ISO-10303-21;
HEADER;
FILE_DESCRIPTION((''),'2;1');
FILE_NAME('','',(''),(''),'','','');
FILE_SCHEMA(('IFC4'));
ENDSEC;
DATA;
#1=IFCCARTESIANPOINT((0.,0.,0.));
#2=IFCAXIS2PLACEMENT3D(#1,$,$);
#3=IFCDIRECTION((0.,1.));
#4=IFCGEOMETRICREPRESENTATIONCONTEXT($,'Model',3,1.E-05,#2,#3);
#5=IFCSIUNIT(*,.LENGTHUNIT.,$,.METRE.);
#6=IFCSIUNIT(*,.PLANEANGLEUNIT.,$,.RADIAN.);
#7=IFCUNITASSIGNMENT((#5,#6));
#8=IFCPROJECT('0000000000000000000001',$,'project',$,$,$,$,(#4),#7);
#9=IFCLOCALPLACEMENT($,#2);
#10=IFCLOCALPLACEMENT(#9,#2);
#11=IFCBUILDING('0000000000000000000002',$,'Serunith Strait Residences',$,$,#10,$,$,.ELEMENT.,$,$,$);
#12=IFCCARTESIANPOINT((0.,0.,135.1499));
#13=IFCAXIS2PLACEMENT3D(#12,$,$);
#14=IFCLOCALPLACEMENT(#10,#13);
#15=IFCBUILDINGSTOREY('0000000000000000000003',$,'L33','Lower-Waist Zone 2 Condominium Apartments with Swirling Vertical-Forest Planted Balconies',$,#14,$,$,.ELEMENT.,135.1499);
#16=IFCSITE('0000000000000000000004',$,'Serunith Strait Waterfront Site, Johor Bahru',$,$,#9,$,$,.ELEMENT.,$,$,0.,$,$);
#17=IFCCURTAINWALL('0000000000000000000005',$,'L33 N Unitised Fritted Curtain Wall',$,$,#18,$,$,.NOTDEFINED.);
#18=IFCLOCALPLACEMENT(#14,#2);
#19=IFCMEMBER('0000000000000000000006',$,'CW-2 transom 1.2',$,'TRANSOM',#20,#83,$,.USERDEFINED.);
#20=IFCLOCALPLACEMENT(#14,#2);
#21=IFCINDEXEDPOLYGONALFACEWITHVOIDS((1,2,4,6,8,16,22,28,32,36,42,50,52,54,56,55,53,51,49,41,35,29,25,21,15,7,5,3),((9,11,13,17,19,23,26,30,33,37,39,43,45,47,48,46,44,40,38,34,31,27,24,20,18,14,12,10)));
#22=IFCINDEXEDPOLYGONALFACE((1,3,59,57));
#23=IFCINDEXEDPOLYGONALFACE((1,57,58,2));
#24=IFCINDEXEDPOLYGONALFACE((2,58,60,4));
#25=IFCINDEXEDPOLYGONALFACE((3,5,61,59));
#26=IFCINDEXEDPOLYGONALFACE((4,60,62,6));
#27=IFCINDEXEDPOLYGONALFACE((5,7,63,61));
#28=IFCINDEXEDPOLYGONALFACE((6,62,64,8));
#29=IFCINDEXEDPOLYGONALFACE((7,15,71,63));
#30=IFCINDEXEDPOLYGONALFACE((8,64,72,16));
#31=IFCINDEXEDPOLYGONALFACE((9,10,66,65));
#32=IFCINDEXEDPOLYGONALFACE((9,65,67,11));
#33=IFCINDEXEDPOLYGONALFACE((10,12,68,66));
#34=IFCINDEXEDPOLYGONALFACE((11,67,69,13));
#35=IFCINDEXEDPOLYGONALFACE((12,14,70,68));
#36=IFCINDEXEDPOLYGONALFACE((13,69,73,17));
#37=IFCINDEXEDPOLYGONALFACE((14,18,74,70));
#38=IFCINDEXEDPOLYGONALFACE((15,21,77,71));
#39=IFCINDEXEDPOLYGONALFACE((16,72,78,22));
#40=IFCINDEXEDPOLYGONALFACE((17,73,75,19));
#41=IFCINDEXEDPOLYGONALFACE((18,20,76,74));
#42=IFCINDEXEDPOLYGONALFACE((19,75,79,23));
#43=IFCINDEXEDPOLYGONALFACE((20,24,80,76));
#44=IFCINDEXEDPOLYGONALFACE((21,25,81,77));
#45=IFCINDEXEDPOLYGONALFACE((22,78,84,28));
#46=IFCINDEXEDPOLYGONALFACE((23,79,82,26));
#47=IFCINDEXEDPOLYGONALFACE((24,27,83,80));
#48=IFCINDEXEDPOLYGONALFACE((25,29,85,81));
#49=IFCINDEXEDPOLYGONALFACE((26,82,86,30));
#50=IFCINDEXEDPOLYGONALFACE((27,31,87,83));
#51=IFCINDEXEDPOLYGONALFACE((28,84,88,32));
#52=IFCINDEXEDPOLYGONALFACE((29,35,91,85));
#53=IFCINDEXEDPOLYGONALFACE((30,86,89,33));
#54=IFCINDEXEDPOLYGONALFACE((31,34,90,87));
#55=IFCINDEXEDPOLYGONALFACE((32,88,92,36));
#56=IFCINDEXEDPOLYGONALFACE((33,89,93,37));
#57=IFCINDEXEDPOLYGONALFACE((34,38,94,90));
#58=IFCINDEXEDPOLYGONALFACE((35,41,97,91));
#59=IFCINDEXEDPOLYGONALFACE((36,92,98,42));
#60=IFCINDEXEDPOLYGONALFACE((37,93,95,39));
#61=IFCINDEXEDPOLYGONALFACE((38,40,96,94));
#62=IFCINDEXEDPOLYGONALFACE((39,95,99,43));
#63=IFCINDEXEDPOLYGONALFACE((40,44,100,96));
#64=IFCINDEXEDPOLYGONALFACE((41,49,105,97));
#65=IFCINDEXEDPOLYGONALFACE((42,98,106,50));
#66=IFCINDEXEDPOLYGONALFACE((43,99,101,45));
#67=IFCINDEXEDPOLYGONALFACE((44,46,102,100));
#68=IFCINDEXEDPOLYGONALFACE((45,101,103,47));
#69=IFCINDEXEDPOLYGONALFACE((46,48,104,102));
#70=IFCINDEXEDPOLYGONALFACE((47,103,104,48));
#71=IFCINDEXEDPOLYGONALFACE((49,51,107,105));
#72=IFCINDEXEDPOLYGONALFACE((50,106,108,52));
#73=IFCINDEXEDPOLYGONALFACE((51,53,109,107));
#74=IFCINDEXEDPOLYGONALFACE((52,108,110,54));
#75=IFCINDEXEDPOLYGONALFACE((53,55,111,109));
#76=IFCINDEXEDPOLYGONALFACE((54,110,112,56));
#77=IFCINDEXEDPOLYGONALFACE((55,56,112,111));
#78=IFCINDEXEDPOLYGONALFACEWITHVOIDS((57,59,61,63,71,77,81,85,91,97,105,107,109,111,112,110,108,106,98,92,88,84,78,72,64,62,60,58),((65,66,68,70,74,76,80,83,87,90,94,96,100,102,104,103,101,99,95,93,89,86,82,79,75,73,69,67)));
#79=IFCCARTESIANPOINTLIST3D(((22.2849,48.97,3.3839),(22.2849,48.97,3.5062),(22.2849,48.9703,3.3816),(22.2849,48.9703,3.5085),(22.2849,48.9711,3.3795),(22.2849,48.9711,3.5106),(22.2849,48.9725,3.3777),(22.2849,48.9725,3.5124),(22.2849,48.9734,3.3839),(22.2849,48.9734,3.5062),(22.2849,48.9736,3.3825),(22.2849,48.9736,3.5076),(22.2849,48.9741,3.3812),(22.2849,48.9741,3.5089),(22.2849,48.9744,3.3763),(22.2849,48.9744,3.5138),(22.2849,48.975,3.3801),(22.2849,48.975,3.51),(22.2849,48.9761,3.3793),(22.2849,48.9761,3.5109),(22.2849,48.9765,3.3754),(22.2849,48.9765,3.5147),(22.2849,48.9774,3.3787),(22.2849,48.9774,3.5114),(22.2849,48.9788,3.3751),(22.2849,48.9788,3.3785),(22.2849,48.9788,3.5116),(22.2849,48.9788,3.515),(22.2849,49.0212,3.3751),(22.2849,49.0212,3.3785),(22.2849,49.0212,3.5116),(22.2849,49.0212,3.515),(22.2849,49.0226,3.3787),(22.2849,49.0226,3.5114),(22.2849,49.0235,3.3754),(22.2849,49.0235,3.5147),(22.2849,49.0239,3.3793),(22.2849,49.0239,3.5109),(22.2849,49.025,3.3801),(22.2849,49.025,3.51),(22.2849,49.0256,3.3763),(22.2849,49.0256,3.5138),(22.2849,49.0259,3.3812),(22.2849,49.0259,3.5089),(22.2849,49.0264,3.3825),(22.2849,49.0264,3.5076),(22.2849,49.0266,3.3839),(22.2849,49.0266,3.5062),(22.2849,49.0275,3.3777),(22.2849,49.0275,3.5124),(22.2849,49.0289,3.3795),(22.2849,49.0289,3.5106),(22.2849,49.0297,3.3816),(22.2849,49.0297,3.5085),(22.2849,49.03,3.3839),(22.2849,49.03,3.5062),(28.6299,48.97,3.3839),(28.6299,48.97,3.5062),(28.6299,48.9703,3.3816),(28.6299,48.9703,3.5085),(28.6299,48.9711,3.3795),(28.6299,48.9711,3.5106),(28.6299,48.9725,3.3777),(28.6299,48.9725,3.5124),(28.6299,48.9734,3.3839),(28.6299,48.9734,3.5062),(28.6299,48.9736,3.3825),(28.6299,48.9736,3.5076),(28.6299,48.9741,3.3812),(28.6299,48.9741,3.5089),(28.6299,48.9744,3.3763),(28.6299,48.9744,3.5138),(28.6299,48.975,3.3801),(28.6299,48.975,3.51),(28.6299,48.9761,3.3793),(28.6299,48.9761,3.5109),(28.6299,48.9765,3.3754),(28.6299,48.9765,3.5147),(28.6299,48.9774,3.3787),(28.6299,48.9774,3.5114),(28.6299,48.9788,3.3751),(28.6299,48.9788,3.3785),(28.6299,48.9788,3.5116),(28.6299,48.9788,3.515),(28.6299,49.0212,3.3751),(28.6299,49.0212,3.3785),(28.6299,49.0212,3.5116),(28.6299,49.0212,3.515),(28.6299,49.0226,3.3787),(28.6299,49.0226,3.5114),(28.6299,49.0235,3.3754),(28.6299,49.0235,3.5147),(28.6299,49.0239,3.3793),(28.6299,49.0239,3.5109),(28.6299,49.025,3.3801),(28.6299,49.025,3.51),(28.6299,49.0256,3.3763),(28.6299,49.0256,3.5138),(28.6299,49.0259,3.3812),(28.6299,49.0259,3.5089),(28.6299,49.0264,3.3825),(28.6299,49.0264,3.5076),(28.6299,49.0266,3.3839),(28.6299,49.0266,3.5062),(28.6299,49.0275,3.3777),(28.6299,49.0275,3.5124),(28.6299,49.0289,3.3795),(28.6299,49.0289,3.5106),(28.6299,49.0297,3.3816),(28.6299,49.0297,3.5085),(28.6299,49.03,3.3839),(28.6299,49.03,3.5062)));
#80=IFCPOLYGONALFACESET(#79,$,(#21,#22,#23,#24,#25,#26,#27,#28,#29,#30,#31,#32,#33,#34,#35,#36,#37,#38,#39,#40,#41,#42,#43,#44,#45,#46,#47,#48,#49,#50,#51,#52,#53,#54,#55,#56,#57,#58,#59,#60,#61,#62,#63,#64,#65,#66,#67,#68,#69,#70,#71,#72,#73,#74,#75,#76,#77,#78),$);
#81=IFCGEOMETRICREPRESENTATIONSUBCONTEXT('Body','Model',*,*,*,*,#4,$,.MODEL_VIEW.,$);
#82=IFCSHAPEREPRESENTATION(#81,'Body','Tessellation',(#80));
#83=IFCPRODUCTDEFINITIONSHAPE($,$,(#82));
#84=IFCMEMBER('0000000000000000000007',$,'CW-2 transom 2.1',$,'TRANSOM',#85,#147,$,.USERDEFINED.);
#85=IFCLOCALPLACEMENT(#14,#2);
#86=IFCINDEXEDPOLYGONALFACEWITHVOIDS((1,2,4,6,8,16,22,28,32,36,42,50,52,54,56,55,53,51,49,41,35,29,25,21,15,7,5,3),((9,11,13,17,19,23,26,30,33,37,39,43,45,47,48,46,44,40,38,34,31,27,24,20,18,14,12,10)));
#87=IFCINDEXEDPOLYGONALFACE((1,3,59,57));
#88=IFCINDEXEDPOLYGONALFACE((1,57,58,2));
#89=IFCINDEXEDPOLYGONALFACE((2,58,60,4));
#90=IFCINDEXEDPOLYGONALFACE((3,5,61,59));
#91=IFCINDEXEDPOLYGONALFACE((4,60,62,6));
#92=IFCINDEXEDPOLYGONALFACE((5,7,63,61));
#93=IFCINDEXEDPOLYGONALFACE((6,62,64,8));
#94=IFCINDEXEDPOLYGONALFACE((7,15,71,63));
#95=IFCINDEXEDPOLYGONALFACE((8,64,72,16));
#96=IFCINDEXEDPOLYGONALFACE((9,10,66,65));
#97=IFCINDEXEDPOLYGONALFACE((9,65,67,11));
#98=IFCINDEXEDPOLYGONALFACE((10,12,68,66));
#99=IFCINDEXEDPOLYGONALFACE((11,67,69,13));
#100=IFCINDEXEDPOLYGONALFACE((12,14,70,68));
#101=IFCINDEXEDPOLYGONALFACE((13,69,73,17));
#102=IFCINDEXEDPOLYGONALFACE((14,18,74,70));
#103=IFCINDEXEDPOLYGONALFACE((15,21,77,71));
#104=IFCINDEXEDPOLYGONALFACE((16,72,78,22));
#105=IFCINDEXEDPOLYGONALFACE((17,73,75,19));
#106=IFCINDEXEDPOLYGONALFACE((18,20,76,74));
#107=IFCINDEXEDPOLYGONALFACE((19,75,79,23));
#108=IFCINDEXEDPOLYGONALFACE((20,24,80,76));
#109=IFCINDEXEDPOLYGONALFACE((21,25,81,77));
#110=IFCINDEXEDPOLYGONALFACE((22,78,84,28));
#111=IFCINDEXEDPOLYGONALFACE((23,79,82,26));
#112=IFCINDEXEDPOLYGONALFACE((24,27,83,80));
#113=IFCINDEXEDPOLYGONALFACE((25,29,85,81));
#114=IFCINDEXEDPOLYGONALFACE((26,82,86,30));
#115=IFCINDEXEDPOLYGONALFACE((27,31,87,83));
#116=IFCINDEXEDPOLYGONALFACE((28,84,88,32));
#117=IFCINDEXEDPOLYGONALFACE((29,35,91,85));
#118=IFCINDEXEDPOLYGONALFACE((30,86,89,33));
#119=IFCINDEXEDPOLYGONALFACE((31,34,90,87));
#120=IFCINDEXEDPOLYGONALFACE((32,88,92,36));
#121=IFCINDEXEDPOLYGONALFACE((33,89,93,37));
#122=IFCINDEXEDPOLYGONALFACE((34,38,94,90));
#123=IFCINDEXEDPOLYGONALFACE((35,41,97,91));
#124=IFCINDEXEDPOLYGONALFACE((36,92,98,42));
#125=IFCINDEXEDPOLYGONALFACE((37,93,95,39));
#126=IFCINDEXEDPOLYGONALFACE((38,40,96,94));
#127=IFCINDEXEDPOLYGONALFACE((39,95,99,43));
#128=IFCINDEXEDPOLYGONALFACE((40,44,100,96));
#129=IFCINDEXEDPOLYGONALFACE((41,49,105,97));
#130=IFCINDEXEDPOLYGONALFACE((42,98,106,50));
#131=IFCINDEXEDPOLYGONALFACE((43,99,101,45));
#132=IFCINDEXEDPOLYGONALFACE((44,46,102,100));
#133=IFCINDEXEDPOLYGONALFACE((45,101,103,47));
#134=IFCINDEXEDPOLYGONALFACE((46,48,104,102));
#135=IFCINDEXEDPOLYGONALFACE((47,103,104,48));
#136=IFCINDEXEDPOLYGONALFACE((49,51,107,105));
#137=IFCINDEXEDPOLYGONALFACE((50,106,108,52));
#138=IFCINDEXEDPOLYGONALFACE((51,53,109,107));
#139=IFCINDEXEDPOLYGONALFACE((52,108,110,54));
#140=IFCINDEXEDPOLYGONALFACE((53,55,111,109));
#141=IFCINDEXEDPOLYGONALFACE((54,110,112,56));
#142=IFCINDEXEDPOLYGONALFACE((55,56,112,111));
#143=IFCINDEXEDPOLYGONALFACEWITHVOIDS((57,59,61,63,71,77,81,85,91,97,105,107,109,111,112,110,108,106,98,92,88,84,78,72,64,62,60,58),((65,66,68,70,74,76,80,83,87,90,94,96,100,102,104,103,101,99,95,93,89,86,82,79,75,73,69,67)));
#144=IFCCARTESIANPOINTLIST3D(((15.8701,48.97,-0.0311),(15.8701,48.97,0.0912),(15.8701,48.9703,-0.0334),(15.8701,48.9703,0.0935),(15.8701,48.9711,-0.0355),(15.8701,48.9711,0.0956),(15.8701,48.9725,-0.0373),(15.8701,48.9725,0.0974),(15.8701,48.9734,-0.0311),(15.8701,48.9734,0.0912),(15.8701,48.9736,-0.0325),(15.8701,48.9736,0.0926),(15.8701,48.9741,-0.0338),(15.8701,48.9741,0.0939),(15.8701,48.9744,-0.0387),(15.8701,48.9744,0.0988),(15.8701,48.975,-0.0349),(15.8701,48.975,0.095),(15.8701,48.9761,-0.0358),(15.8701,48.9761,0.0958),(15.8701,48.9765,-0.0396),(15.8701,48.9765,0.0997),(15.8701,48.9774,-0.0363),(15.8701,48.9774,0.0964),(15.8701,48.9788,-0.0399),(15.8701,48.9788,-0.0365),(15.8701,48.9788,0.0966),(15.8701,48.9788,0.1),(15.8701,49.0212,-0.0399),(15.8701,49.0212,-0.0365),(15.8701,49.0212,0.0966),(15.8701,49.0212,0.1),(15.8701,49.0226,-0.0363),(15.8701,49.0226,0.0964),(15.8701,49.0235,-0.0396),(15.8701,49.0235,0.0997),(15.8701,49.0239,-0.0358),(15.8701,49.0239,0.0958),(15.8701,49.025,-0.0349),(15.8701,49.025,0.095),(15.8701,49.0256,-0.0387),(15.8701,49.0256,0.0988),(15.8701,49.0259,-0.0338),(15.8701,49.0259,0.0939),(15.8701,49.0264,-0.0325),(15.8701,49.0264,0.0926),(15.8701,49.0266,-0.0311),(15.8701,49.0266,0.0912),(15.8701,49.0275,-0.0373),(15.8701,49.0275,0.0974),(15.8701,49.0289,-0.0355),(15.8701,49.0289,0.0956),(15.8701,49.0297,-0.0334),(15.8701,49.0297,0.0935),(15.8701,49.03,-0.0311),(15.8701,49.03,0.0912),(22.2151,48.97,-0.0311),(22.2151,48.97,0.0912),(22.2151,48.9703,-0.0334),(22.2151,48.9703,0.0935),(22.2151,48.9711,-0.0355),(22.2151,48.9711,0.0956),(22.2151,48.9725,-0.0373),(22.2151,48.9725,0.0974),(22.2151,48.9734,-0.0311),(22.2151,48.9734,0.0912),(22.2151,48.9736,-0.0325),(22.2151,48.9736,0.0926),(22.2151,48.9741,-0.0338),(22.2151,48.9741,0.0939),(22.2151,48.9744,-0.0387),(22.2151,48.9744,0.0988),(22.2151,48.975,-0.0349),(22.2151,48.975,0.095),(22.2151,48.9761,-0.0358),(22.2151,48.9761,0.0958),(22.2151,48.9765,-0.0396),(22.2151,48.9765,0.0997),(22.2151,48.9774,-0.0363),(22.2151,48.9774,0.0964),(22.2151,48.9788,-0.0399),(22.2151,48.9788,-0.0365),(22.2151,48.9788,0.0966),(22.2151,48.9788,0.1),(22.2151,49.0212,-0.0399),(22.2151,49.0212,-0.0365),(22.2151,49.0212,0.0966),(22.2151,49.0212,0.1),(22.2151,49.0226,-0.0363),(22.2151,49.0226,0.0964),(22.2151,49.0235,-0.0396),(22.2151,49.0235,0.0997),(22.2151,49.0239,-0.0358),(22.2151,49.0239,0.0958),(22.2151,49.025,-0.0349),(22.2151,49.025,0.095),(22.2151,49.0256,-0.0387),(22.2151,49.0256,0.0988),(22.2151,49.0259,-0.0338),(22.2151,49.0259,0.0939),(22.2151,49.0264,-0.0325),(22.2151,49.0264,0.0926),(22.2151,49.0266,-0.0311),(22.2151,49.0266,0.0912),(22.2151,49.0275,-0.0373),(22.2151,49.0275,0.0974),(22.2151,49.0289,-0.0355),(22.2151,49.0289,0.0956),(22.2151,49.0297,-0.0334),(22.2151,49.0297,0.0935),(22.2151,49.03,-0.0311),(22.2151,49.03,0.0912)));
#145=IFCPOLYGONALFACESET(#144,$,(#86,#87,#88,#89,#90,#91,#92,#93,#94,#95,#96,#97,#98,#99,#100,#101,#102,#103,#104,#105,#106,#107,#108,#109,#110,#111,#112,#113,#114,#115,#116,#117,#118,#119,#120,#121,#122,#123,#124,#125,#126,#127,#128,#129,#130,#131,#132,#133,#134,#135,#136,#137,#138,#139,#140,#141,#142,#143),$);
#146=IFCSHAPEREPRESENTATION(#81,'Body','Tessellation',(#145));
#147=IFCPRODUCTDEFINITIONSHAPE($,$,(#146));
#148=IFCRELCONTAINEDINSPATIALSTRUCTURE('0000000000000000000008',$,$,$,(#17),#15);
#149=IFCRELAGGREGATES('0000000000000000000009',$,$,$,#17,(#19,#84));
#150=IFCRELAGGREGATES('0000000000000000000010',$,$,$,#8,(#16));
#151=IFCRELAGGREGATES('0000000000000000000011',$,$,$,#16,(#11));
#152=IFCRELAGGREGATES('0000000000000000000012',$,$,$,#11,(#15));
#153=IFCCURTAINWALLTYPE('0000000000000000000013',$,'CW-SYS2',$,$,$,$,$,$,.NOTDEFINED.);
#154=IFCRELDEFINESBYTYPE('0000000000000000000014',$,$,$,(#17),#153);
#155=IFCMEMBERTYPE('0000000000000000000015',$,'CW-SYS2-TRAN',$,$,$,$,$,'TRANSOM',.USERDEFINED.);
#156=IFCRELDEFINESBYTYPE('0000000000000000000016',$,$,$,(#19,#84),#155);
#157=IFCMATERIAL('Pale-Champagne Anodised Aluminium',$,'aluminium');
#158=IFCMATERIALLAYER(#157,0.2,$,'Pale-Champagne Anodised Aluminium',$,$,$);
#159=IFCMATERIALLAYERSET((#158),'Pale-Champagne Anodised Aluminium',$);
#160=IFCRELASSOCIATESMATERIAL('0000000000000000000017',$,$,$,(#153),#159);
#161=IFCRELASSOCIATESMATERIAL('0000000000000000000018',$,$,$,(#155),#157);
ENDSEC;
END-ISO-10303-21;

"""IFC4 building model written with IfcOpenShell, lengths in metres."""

from ifc_helpers import new_model, si_unit, direction, frame, origin, origin_2d, place, context, subcontext, project, spatial, hollow_rectangle, extrude, source, transform, mapped, material, layer, layer_set, material_profile, profile_set, type_object, element, aggregate, save


model = new_model("IFC4")

# Units and contexts
model_context = context("Model", 3, precision=1e-05, world=origin(), true_north=direction((0.0, 1.0)))
body_context = subcontext(model_context, "Body", "Model", "MODEL_VIEW")
ifc_project = project(units=[si_unit("LENGTHUNIT", "METRE"), si_unit("PLANEANGLEUNIT", "RADIAN")], contexts=[model_context])

# Site, building, storey
site_placement = place(None, origin())
site = spatial("IfcSite", under=ifc_project, at=site_placement, Name="Serunith Strait Waterfront Site, Johor Bahru", CompositionType="ELEMENT", RefElevation=0.0)
building_placement = place(site_placement, origin())
building = spatial("IfcBuilding", under=site, at=building_placement, Name="Serunith Strait Residences", CompositionType="ELEMENT")
storey_placement = place(building_placement, frame((0.0, 0.0, 135.1499)))
storey = spatial("IfcBuildingStorey", under=building, at=storey_placement, Name="L33", Description="Lower-Waist Zone 2 Condominium Apartments with Swirling Vertical-Forest Planted Balconies", CompositionType="ELEMENT", Elevation=135.1499)

# Shared definitions
ifc_material_1 = material(Name="Pale-Champagne Anodised Aluminium", Category="aluminium")
ifc_layer_1 = layer(ifc_material_1, 0.2, Name="Pale-Champagne Anodised Aluminium")
ifc_layer_set_1 = layer_set([ifc_layer_1], Name="Pale-Champagne Anodised Aluminium")
curtain_wall_type = type_object("IfcCurtainWallType", Name="CW-SYS2", PredefinedType="NOTDEFINED", material=ifc_layer_set_1)

# Curtain wall, members
curtain_wall_1_placement = place(storey_placement, origin())
curtain_wall_1 = element("IfcCurtainWall", 1, at=curtain_wall_1_placement, inside=storey, type_object=curtain_wall_type, Name="L33 N Unitised Fritted Curtain Wall", PredefinedType="NOTDEFINED")
ifc_material_profile_1 = material_profile(ifc_material_1, hollow_rectangle(XDim=0.0601, YDim=0.1399, WallThickness=0.0034, InnerFilletRadius=0.0054, OuterFilletRadius=0.0088, at=origin_2d()), Name="ALU 140x60x3.5")
ifc_profile_set_1 = profile_set([ifc_material_profile_1], Name="Pale-Champagne Anodised Aluminium")
member_type_1 = type_object("IfcMemberType", Name="CW-SYS2-TRAN", ElementType="TRANSOM", PredefinedType="USERDEFINED", material=ifc_profile_set_1)
shared_shape_1 = source(origin(), body_context, "Body", "SweptSolid", [
    extrude(hollow_rectangle(XDim=0.0601, YDim=0.1399, WallThickness=0.0034, InnerFilletRadius=0.0054, OuterFilletRadius=0.0088, at=origin_2d()), origin(), (0.0, 0.0, 1.0), 6.345),
])
member_1_placement = place(storey_placement, frame((28.6299, 49.0, 3.4451), z_axis=(-1.0, 0.0, 0.0), x_axis=(0.0, -1.0, 0.0)))
member_1 = element("IfcMember", 2, at=member_1_placement, type_object=member_type_1, Name="CW-2 transom 1.2", ObjectType="TRANSOM", PredefinedType="USERDEFINED", context=body_context, shape_type="MappedRepresentation", body=[
    mapped(shared_shape_1, transform((0.0, 0.0, 0.0), scale=1.0)),
])
member_2_placement = place(storey_placement, frame((22.2151, 49.0, 0.03), z_axis=(-1.0, 0.0, 0.0), x_axis=(0.0, -1.0, 0.0)))
member_2 = element("IfcMember", 3, at=member_2_placement, type_object=member_type_1, Name="CW-2 transom 2.1", ObjectType="TRANSOM", PredefinedType="USERDEFINED", context=body_context, shape_type="MappedRepresentation", body=[
    mapped(shared_shape_1, transform((0.0, 0.0, 0.0), scale=1.0)),
])
aggregate(curtain_wall_1, [member_1, member_2])

save(model, "model.ifc")
